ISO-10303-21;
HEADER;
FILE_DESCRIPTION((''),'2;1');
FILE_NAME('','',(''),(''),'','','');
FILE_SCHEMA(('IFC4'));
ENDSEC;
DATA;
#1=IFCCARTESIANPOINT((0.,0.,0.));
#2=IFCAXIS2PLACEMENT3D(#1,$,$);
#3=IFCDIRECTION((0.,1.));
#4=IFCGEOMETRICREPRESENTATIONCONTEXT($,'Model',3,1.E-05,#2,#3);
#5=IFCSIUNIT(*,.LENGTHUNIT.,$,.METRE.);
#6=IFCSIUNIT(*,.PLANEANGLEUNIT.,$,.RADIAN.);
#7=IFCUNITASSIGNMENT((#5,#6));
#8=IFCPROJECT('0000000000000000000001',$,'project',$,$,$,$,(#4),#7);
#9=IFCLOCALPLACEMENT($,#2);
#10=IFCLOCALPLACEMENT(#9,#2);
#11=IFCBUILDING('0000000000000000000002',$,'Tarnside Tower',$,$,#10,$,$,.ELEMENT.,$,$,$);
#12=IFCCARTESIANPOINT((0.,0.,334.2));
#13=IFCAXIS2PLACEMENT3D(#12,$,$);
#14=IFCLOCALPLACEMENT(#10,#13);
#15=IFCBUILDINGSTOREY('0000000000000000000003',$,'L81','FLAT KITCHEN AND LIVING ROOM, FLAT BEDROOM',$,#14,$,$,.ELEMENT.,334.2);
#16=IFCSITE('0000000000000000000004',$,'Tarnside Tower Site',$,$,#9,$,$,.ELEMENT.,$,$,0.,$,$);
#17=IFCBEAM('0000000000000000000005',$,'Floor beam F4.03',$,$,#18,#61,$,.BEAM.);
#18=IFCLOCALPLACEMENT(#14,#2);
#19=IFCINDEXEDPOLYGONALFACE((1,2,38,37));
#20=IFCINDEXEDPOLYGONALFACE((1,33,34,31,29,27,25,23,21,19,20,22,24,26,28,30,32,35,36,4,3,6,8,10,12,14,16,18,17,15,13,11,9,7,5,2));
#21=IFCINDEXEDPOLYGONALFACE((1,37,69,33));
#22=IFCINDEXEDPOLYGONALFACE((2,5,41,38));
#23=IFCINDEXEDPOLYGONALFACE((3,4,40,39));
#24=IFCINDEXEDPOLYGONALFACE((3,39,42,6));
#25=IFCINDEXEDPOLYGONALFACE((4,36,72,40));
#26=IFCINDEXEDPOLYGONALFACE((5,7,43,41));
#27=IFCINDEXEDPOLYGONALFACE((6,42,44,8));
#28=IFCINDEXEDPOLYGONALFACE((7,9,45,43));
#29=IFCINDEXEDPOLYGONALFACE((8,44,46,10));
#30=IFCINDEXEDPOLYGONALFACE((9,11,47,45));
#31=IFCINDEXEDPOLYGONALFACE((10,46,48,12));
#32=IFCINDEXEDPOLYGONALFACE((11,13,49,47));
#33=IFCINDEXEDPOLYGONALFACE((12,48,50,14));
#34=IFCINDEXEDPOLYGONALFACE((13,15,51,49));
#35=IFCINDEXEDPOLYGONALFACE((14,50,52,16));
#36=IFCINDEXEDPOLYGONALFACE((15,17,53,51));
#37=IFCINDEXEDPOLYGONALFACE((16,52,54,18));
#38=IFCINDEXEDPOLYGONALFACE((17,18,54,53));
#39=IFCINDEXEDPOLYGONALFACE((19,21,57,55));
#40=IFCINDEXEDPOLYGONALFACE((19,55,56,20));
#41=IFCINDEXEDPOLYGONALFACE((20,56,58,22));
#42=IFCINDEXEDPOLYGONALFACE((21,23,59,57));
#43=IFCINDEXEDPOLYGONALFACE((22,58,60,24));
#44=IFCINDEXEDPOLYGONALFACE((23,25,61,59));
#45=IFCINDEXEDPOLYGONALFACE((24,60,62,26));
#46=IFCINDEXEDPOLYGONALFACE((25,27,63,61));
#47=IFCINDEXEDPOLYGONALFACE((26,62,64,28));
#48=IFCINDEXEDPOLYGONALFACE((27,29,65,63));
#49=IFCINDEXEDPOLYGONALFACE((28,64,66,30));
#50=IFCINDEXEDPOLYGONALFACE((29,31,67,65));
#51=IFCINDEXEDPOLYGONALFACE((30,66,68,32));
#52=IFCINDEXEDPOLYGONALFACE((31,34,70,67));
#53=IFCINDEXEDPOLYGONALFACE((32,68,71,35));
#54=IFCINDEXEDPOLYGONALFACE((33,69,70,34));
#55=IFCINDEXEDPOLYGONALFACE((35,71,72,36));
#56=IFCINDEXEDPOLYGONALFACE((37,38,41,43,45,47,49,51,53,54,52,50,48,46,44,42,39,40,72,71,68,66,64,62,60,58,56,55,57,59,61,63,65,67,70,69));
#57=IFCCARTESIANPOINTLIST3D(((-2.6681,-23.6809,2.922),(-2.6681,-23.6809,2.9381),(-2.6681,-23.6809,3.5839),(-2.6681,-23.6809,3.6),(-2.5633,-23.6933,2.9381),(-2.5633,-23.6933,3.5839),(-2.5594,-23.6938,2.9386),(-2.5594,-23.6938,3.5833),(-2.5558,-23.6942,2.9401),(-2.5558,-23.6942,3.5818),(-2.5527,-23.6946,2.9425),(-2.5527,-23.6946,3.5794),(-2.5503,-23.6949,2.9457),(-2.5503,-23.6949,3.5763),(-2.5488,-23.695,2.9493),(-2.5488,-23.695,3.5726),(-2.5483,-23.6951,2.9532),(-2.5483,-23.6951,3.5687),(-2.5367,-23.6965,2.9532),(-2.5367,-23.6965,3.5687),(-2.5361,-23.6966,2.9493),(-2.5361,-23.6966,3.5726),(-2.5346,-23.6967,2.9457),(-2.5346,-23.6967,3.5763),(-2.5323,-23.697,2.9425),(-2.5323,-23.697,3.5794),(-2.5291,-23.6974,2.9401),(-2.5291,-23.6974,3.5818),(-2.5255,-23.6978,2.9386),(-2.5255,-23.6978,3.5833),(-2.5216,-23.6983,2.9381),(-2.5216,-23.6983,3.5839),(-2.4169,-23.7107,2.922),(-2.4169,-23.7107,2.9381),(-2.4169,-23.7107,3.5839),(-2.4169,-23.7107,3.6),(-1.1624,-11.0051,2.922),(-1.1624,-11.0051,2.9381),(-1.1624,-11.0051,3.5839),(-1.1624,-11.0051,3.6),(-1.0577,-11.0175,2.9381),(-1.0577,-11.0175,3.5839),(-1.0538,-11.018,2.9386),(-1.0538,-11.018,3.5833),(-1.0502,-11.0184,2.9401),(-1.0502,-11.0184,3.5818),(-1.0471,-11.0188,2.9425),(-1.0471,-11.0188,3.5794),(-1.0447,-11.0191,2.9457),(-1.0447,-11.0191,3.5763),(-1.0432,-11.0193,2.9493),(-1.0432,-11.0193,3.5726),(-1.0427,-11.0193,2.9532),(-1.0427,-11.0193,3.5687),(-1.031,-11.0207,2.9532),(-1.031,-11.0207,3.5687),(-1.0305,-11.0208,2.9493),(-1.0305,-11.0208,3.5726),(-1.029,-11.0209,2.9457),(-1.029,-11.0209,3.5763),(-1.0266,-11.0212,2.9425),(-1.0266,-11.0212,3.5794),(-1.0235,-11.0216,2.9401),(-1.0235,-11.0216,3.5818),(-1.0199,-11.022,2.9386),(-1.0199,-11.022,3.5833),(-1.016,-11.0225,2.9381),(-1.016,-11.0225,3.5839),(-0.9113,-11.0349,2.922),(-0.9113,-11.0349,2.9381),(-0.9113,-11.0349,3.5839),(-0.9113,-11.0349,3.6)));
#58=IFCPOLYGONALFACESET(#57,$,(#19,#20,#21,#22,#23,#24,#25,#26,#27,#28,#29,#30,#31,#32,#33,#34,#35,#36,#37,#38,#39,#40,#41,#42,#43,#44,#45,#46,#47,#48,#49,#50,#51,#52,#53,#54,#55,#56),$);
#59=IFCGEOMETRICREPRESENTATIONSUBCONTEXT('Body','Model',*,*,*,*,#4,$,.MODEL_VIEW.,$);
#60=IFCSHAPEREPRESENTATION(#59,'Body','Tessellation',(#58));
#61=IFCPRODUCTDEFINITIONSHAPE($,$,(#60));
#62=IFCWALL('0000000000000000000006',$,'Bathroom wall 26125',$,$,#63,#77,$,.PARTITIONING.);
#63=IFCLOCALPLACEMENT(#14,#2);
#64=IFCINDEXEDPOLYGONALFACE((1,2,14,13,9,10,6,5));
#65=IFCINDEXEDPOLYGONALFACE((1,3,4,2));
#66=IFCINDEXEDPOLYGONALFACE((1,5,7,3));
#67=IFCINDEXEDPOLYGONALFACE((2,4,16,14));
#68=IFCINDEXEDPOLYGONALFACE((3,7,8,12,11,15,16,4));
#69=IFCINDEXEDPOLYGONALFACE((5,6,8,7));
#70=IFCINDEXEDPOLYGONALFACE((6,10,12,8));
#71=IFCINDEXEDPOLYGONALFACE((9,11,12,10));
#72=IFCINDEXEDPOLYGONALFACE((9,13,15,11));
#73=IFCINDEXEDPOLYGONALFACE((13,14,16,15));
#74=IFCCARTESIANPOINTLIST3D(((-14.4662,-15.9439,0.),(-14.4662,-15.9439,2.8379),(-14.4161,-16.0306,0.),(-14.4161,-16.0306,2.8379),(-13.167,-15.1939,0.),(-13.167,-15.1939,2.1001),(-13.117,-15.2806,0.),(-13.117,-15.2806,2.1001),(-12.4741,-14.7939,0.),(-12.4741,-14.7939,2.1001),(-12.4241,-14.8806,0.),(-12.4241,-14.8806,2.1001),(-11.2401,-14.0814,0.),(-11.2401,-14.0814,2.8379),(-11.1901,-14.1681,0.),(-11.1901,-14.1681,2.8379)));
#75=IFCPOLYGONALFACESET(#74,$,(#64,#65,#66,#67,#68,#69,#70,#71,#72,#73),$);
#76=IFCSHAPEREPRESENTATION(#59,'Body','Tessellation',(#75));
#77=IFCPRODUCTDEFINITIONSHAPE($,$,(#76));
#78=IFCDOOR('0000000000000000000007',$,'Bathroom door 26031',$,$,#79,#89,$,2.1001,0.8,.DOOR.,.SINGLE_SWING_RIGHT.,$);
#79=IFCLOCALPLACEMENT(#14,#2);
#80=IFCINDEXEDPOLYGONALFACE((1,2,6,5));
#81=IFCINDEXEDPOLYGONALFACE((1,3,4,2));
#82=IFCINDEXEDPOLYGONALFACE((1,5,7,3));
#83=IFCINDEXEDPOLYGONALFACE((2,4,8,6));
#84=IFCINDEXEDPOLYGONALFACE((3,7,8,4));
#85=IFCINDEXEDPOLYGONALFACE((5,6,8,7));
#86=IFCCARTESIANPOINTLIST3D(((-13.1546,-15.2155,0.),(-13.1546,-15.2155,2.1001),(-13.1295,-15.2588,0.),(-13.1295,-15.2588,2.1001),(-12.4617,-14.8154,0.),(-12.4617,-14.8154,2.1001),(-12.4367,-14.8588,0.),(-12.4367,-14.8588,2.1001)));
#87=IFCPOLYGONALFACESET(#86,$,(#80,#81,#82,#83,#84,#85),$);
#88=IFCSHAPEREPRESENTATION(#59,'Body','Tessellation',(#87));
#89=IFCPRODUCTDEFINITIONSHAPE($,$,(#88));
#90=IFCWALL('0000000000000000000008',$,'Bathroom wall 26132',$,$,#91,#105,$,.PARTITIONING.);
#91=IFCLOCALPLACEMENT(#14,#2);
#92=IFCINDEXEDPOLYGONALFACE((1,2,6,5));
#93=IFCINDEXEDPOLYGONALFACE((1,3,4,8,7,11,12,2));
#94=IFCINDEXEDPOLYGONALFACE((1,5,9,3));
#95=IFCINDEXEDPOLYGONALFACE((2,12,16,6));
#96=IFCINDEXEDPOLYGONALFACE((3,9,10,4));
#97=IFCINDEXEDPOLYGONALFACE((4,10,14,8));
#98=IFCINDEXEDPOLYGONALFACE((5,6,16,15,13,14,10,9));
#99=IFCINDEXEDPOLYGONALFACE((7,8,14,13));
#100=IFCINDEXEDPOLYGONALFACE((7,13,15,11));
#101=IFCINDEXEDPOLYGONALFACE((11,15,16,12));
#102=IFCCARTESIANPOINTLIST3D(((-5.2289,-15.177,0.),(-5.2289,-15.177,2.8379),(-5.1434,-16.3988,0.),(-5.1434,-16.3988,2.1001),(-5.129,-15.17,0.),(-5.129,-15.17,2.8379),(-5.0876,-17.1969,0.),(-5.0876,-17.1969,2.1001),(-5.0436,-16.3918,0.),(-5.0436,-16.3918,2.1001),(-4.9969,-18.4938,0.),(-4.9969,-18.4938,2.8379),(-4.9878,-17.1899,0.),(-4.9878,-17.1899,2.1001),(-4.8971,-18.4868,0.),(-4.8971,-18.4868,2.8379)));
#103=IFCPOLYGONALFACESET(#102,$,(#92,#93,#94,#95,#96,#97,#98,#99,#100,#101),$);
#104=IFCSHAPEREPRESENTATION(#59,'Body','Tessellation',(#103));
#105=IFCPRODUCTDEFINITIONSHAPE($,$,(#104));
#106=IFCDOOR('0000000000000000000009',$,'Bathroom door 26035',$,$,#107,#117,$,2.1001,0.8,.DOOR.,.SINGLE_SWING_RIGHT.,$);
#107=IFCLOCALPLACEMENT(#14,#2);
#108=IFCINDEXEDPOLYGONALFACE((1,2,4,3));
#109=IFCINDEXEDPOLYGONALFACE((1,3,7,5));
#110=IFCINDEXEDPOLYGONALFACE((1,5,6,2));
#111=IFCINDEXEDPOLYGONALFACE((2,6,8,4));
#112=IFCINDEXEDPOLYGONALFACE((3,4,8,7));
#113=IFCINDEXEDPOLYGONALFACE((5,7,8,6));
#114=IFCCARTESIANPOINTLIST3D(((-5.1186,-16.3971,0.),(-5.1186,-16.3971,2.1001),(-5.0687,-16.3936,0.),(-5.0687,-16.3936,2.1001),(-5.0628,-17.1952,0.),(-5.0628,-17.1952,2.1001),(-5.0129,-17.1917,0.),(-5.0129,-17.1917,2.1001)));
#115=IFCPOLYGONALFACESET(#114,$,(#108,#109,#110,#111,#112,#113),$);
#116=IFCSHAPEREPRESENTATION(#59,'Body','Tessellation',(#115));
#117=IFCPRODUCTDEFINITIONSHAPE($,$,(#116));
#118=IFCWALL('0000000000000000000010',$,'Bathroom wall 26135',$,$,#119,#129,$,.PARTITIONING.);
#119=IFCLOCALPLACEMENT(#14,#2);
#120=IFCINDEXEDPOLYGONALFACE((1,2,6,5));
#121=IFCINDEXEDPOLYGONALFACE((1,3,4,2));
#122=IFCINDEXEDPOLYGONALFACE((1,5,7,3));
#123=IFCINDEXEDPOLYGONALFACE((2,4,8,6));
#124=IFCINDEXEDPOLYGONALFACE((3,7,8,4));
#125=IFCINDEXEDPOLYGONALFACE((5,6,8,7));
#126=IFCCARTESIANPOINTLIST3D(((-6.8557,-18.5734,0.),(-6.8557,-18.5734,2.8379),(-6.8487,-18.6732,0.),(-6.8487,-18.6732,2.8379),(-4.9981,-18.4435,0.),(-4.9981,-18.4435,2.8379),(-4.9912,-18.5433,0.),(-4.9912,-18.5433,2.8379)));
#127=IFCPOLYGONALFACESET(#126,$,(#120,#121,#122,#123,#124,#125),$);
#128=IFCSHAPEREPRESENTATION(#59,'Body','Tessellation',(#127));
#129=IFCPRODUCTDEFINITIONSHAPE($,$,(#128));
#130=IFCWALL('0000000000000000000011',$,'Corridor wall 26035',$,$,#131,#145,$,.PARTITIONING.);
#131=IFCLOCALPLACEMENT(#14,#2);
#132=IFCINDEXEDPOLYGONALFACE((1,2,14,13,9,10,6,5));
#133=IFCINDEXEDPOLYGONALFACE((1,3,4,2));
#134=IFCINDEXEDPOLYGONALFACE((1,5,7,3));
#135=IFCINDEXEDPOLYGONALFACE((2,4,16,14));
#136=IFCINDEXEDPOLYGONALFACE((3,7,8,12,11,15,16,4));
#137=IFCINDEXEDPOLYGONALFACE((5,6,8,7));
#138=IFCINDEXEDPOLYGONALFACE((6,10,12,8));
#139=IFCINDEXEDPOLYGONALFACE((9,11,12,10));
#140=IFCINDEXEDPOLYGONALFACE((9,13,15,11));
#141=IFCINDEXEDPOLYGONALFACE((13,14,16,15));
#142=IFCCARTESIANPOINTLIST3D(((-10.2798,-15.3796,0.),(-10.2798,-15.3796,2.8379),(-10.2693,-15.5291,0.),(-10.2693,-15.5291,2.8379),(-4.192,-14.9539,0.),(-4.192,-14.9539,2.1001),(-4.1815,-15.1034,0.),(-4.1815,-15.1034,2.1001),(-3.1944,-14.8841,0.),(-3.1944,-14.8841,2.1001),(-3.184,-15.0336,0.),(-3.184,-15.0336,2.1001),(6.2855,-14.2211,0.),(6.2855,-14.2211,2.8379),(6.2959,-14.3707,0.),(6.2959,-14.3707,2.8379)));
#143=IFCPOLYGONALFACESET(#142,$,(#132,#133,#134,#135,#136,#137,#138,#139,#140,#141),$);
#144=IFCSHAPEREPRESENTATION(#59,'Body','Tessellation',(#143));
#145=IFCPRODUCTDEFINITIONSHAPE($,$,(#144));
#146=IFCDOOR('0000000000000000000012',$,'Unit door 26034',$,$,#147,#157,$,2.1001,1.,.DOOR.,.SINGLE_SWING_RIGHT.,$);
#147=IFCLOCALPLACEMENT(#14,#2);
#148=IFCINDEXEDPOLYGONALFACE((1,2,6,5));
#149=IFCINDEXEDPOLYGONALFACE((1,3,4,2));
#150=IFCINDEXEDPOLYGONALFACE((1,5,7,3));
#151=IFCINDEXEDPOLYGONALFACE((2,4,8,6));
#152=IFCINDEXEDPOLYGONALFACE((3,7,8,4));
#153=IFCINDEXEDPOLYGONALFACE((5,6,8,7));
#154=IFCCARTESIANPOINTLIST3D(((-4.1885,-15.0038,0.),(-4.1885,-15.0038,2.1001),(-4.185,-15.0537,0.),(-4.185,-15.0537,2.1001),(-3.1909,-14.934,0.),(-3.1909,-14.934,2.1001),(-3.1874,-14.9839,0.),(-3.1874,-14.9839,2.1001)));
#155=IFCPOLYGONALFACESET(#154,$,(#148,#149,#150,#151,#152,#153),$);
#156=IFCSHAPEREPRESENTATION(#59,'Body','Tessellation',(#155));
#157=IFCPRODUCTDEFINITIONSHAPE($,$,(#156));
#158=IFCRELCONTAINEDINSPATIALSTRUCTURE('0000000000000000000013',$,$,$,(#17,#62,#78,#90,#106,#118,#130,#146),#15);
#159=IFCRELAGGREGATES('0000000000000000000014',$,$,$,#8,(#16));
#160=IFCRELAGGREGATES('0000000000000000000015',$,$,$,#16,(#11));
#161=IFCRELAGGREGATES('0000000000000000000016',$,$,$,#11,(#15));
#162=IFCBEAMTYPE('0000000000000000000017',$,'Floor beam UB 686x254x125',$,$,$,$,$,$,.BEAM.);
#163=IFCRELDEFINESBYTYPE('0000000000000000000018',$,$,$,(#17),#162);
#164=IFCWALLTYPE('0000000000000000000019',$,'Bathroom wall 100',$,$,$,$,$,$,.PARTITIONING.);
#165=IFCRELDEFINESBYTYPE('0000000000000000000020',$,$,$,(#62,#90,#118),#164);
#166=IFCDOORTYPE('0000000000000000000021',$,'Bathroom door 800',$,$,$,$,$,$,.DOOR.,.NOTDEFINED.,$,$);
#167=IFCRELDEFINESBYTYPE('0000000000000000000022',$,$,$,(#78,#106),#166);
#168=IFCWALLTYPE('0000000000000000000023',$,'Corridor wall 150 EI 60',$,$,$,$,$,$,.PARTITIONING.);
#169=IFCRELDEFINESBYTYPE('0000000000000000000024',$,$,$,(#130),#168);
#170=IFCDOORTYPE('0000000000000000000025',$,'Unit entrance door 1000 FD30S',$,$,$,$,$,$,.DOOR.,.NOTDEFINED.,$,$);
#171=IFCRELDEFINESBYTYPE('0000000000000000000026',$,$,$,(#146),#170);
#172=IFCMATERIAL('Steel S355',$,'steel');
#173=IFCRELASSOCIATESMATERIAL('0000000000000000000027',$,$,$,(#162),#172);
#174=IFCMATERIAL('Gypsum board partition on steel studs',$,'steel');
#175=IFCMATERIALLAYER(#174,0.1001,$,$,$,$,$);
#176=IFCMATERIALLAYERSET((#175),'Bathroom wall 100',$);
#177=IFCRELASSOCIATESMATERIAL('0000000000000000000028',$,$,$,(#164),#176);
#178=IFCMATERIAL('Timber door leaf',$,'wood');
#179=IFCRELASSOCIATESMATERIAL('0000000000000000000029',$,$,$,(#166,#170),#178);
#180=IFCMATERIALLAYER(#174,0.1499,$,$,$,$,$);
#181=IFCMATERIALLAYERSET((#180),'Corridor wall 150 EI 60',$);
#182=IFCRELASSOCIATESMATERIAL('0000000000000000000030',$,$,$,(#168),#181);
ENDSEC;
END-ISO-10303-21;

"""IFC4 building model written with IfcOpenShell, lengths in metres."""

from ifc_helpers import new_model, si_unit, direction, frame, frame_2d, origin, origin_2d, place, context, subcontext, project, spatial, rectangle, i_section, extrude, material, layer, layer_set, material_profile, profile_set, type_object, element, fill, save


model = new_model("IFC4")

# Units and contexts
model_context = context("Model", 3, precision=1e-05, world=origin(), true_north=direction((0.0, 1.0)))
body_context = subcontext(model_context, "Body", "Model", "MODEL_VIEW")
ifc_project = project(units=[si_unit("LENGTHUNIT", "METRE"), si_unit("PLANEANGLEUNIT", "RADIAN")], contexts=[model_context])

# Site, building, storey
site_placement = place(None, origin())
site = spatial("IfcSite", under=ifc_project, at=site_placement, Name="Tarnside Tower Site", CompositionType="ELEMENT", RefElevation=0.0)
building_placement = place(site_placement, origin())
building = spatial("IfcBuilding", under=site, at=building_placement, Name="Tarnside Tower", CompositionType="ELEMENT")
storey_placement = place(building_placement, frame((0.0, 0.0, 334.2)))
storey = spatial("IfcBuildingStorey", under=building, at=storey_placement, Name="L81", Description="FLAT KITCHEN AND LIVING ROOM, FLAT BEDROOM", CompositionType="ELEMENT", Elevation=334.2)

# Beam
ifc_material_1 = material(Name="Steel S355", Category="steel")
ifc_material_profile = material_profile(ifc_material_1, i_section(OverallWidth=0.2529, OverallDepth=0.678, WebThickness=0.0117, FlangeThickness=0.0161, FilletRadius=0.0151, at=origin_2d()), Name="UB 686x254x125")
ifc_profile_set = profile_set([ifc_material_profile], Name="Steel S355")
beam_type = type_object("IfcBeamType", Name="Floor beam UB 686x254x125", PredefinedType="BEAM", material=ifc_profile_set)
beam_placement = place(storey_placement, frame((-2.5425, -23.6958, 3.261), z_axis=(0.11795, 0.99302, 0.0), x_axis=(-0.99302, 0.11795, 0.0)))
element("IfcBeam", 1, at=beam_placement, inside=storey, type_object=beam_type, Name="Floor beam F4.03", PredefinedType="BEAM", context=body_context, shape_type="SweptSolid", body=[
    extrude(i_section(OverallWidth=0.2529, OverallDepth=0.678, WebThickness=0.0117, FlangeThickness=0.0161, FilletRadius=0.0151, at=origin_2d()), origin(), (0.0, 0.0, 1.0), 12.7649),
])

# Walls, openings, doors
ifc_material_2 = material(Name="Gypsum board partition on steel studs", Category="steel")
ifc_layer_1 = layer(ifc_material_2, 0.1001)
ifc_layer_set_1 = layer_set([ifc_layer_1], Name="Bathroom wall 100")
wall_type_1 = type_object("IfcWallType", Name="Bathroom wall 100", PredefinedType="PARTITIONING", material=ifc_layer_set_1)
wall_1_placement = place(storey_placement, frame((-11.2151, -14.1248, 0.0), z_axis=(0.0, 0.0, 1.0), x_axis=(-0.866028, -0.499995, 0.0)))
wall_1 = element("IfcWall", 2, at=wall_1_placement, inside=storey, type_object=wall_type_1, Name="Bathroom wall 26125", PredefinedType="PARTITIONING", context=body_context, shape_type="SweptSolid", body=[
    extrude(rectangle(XDim=3.7251, YDim=0.1001, at=frame_2d((1.8625, 0.0))), origin(), (0.0, 0.0, 1.0), 2.8379),
])
opening_1_placement = place(wall_1_placement, frame((1.425, 0.0, 0.0)))
opening_1 = element("IfcOpeningElement", 3, at=opening_1_placement, cuts=wall_1, PredefinedType="OPENING", context=body_context, shape_type="SweptSolid", body=[
    extrude(rectangle(XDim=0.8, YDim=2.1001, at=frame_2d((0.3999, 1.05))), frame((0.0, 0.0601, 0.0), z_axis=(0.0, -1.0, 0.0), x_axis=(1.0, 0.0, 0.0)), (0.0, 0.0, 1.0), 0.1201),
])
ifc_material_3 = material(Name="Timber door leaf", Category="wood")
door_type_1 = type_object("IfcDoorType", Name="Bathroom door 800", OperationType="NOTDEFINED", PredefinedType="DOOR", material=ifc_material_3)
door_1_placement = place(opening_1_placement, origin())
door_1 = element("IfcDoor", 4, at=door_1_placement, inside=storey, type_object=door_type_1, Name="Bathroom door 26031", OperationType="SINGLE_SWING_RIGHT", OverallHeight=2.1001, OverallWidth=0.8, PredefinedType="DOOR", context=body_context, shape_type="SweptSolid", body=[
    extrude(rectangle(XDim=0.8, YDim=2.1001, at=frame_2d((0.3999, 1.05))), frame((0.0, 0.0249, 0.0), z_axis=(0.0, -1.0, 0.0), x_axis=(1.0, 0.0, 0.0)), (0.0, 0.0, 1.0), 0.05),
])
fill(opening_1, door_1)
wall_2_placement = place(storey_placement, frame((-5.179, -15.1733, 0.0), z_axis=(0.0, 0.0, 1.0), x_axis=(0.069755, -0.997564, 0.0)))
wall_2 = element("IfcWall", 5, at=wall_2_placement, inside=storey, type_object=wall_type_1, Name="Bathroom wall 26132", PredefinedType="PARTITIONING", context=body_context, shape_type="SweptSolid", body=[
    extrude(rectangle(XDim=3.325, YDim=0.1001, at=frame_2d((1.6626, 0.0))), origin(), (0.0, 0.0, 1.0), 2.8379),
])
opening_2_placement = place(wall_2_placement, frame((1.2251, 0.0, 0.0)))
opening_2 = element("IfcOpeningElement", 6, at=opening_2_placement, cuts=wall_2, PredefinedType="OPENING", context=body_context, shape_type="SweptSolid", body=[
    extrude(rectangle(XDim=0.8, YDim=2.1001, at=frame_2d((0.3999, 1.05))), frame((0.0, 0.0601, 0.0), z_axis=(0.0, -1.0, 0.0), x_axis=(1.0, 0.0, 0.0)), (0.0, 0.0, 1.0), 0.1201),
])
door_2_placement = place(opening_2_placement, origin())
door_2 = element("IfcDoor", 7, at=door_2_placement, inside=storey, type_object=door_type_1, Name="Bathroom door 26035", OperationType="SINGLE_SWING_RIGHT", OverallHeight=2.1001, OverallWidth=0.8, PredefinedType="DOOR", context=body_context, shape_type="SweptSolid", body=[
    extrude(rectangle(XDim=0.8, YDim=2.1001, at=frame_2d((0.3999, 1.05))), frame((0.0, 0.0249, 0.0), z_axis=(0.0, -1.0, 0.0), x_axis=(1.0, 0.0, 0.0)), (0.0, 0.0, 1.0), 0.05),
])
fill(opening_2, door_2)

# Wall
wall_3_placement = place(storey_placement, frame((-6.8523, -18.6233, 0.0), z_axis=(0.0, 0.0, 1.0), x_axis=(0.997564, 0.069756, 0.0)))
element("IfcWall", 8, at=wall_3_placement, inside=storey, type_object=wall_type_1, Name="Bathroom wall 26135", PredefinedType="PARTITIONING", context=body_context, shape_type="SweptSolid", body=[
    extrude(rectangle(XDim=1.8621, YDim=0.1001, at=frame_2d((0.9312, 0.0))), origin(), (0.0, 0.0, 1.0), 2.8379),
])

# Wall, opening, door
ifc_layer_2 = layer(ifc_material_2, 0.1499)
ifc_layer_set_2 = layer_set([ifc_layer_2], Name="Corridor wall 150 EI 60")
wall_type_2 = type_object("IfcWallType", Name="Corridor wall 150 EI 60", PredefinedType="PARTITIONING", material=ifc_layer_set_2)
wall_4_placement = place(storey_placement, frame((-10.2744, -15.4543, 0.0), z_axis=(0.0, 0.0, 1.0), x_axis=(0.997564, 0.069762, 0.0)))
wall_4 = element("IfcWall", 9, at=wall_4_placement, inside=storey, type_object=wall_type_2, Name="Corridor wall 26035", PredefinedType="PARTITIONING", context=body_context, shape_type="SweptSolid", body=[
    extrude(rectangle(XDim=16.6057, YDim=0.1499, at=frame_2d((8.3027, 0.0))), origin(), (0.0, 0.0, 1.0), 2.8379),
])
opening_3_placement = place(wall_4_placement, frame((6.1025, 0.0, 0.0)))
opening_3 = element("IfcOpeningElement", 10, at=opening_3_placement, cuts=wall_4, PredefinedType="OPENING", context=body_context, shape_type="SweptSolid", body=[
    extrude(rectangle(XDim=1.0, YDim=2.1001, at=frame_2d((0.5, 1.05))), frame((0.0, 0.085, 0.0), z_axis=(0.0, -1.0, 0.0), x_axis=(1.0, 0.0, 0.0)), (0.0, 0.0, 1.0), 0.1699),
])
door_type_2 = type_object("IfcDoorType", Name="Unit entrance door 1000 FD30S", OperationType="NOTDEFINED", PredefinedType="DOOR", material=ifc_material_3)
door_3_placement = place(opening_3_placement, origin())
door_3 = element("IfcDoor", 11, at=door_3_placement, inside=storey, type_object=door_type_2, Name="Unit door 26034", OperationType="SINGLE_SWING_RIGHT", OverallHeight=2.1001, OverallWidth=1.0, PredefinedType="DOOR", context=body_context, shape_type="SweptSolid", body=[
    extrude(rectangle(XDim=1.0, YDim=2.1001, at=frame_2d((0.5, 1.05))), frame((0.0, 0.0249, 0.0), z_axis=(0.0, -1.0, 0.0), x_axis=(1.0, 0.0, 0.0)), (0.0, 0.0, 1.0), 0.05),
])
fill(opening_3, door_3)

save(model, "model.ifc")
